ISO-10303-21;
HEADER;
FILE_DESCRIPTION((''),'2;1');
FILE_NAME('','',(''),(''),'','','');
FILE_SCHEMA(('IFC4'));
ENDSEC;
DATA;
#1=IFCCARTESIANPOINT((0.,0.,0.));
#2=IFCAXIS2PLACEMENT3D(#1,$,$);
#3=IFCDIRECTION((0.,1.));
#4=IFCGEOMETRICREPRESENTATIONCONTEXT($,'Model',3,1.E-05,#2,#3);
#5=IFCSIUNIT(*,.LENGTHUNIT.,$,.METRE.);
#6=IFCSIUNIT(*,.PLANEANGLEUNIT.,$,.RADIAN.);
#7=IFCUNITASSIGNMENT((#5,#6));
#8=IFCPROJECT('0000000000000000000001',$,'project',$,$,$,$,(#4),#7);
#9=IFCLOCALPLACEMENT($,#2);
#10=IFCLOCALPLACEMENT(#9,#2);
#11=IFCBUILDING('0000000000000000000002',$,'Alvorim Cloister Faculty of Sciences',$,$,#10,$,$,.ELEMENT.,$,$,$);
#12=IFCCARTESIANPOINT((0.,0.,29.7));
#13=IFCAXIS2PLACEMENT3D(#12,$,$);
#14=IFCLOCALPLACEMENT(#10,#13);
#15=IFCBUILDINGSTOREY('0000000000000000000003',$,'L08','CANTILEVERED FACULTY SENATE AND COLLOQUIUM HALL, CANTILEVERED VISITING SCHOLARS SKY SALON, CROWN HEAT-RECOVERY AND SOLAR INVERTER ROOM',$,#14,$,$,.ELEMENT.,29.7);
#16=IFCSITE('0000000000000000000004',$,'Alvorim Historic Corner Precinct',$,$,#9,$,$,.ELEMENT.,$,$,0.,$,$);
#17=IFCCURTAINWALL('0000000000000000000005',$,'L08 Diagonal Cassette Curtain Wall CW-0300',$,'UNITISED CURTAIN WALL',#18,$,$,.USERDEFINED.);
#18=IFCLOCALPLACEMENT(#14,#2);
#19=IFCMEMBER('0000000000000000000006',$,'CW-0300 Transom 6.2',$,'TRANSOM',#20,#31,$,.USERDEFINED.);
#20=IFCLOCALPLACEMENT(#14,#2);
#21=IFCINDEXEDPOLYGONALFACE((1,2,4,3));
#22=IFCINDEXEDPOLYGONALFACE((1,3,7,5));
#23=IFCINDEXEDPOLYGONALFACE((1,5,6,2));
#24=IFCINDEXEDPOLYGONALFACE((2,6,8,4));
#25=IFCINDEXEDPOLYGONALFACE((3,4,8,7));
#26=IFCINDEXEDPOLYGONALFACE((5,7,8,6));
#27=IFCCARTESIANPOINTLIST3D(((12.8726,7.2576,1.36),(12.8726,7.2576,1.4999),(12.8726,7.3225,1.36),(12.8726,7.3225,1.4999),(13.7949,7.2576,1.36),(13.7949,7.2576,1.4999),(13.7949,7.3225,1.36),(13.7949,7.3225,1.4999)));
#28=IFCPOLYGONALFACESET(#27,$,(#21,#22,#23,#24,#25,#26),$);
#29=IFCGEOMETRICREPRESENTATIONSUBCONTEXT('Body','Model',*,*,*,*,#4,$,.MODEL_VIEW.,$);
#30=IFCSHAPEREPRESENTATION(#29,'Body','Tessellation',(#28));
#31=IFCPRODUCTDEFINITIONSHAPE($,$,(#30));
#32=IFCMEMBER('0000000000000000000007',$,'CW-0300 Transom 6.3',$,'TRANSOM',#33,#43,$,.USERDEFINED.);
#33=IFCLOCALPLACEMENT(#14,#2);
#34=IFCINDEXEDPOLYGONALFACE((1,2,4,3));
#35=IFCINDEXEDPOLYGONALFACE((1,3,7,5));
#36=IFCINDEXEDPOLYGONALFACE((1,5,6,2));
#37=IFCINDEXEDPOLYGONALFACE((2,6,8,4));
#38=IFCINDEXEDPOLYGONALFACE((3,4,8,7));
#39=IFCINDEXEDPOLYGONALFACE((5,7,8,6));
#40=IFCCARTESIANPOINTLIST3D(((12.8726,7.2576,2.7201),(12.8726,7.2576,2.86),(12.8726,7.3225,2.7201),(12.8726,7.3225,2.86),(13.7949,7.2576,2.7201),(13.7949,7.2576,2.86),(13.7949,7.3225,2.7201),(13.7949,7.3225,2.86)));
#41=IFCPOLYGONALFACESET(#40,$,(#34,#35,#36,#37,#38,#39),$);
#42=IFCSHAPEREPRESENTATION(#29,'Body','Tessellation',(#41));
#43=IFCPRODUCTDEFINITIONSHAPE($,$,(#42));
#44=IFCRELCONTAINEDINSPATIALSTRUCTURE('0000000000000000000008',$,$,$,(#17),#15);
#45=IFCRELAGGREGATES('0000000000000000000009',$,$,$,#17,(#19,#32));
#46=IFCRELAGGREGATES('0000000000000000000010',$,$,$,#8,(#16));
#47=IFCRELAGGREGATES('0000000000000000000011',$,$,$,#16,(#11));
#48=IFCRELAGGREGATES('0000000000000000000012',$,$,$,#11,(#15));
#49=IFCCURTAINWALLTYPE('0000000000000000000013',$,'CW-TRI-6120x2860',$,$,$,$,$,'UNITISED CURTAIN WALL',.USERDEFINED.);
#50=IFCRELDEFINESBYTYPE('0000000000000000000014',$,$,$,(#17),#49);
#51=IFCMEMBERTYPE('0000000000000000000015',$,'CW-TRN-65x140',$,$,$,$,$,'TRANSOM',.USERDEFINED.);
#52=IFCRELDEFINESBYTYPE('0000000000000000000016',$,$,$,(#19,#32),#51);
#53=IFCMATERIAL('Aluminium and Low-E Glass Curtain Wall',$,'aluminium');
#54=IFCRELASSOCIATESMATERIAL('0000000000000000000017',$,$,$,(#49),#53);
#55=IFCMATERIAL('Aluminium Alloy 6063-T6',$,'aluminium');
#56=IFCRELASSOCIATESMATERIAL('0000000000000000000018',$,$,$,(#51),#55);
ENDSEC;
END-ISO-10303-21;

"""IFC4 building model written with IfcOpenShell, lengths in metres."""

from ifc_helpers import new_model, si_unit, direction, frame, origin, origin_2d, place, context, subcontext, project, spatial, rectangle, extrude, material, material_profile, profile_set, type_object, element, aggregate, save


model = new_model("IFC4")

# Units and contexts
model_context = context("Model", 3, precision=1e-05, world=origin(), true_north=direction((0.0, 1.0)))
body_context = subcontext(model_context, "Body", "Model", "MODEL_VIEW")
ifc_project = project(units=[si_unit("LENGTHUNIT", "METRE"), si_unit("PLANEANGLEUNIT", "RADIAN")], contexts=[model_context])

# Site, building, storey
site_placement = place(None, origin())
site = spatial("IfcSite", under=ifc_project, at=site_placement, Name="Alvorim Historic Corner Precinct", CompositionType="ELEMENT", RefElevation=0.0)
building_placement = place(site_placement, origin())
building = spatial("IfcBuilding", under=site, at=building_placement, Name="Alvorim Cloister Faculty of Sciences", CompositionType="ELEMENT")
storey_placement = place(building_placement, frame((0.0, 0.0, 29.7)))
storey = spatial("IfcBuildingStorey", under=building, at=storey_placement, Name="L08", Description="CANTILEVERED FACULTY SENATE AND COLLOQUIUM HALL, CANTILEVERED VISITING SCHOLARS SKY SALON, CROWN HEAT-RECOVERY AND SOLAR INVERTER ROOM", CompositionType="ELEMENT", Elevation=29.7)

# Shared definitions
ifc_material_1 = material(Name="Aluminium and Low-E Glass Curtain Wall", Category="aluminium")
curtain_wall_type = type_object("IfcCurtainWallType", Name="CW-TRI-6120x2860", ElementType="UNITISED CURTAIN WALL", PredefinedType="USERDEFINED", material=ifc_material_1)
ifc_material_2 = material(Name="Aluminium Alloy 6063-T6", Category="aluminium")

# Curtain wall, members
curtain_wall_1_placement = place(storey_placement, origin())
curtain_wall_1 = element("IfcCurtainWall", 1, at=curtain_wall_1_placement, inside=storey, type_object=curtain_wall_type, Name="L08 Diagonal Cassette Curtain Wall CW-0300", ObjectType="UNITISED CURTAIN WALL", PredefinedType="USERDEFINED")
ifc_material_profile_1 = material_profile(ifc_material_2, rectangle(XDim=0.0649, YDim=0.1399, at=origin_2d()), Name="ALU-TRN-65x140")
ifc_profile_set_1 = profile_set([ifc_material_profile_1], Name="Aluminium Alloy 6063-T6")
member_type_1 = type_object("IfcMemberType", Name="CW-TRN-65x140", ElementType="TRANSOM", PredefinedType="USERDEFINED", material=ifc_profile_set_1)
member_1_placement = place(storey_placement, frame((12.8726, 7.29, 1.4299), z_axis=(1.0, 0.0, 0.0), x_axis=(0.0, 1.0, 0.0)))
member_1 = element("IfcMember", 2, at=member_1_placement, type_object=member_type_1, Name="CW-0300 Transom 6.2", ObjectType="TRANSOM", PredefinedType="USERDEFINED", context=body_context, shape_type="SweptSolid", body=[
    extrude(rectangle(XDim=0.0649, YDim=0.1399, at=origin_2d()), origin(), (0.0, 0.0, 1.0), 0.9224),
])
member_2_placement = place(storey_placement, frame((12.8726, 7.29, 2.79), z_axis=(1.0, 0.0, 0.0), x_axis=(0.0, 1.0, 0.0)))
member_2 = element("IfcMember", 3, at=member_2_placement, type_object=member_type_1, Name="CW-0300 Transom 6.3", ObjectType="TRANSOM", PredefinedType="USERDEFINED", context=body_context, shape_type="SweptSolid", body=[
    extrude(rectangle(XDim=0.0649, YDim=0.1399, at=origin_2d()), origin(), (0.0, 0.0, 1.0), 0.9224),
])
aggregate(curtain_wall_1, [member_1, member_2])

save(model, "model.ifc")
